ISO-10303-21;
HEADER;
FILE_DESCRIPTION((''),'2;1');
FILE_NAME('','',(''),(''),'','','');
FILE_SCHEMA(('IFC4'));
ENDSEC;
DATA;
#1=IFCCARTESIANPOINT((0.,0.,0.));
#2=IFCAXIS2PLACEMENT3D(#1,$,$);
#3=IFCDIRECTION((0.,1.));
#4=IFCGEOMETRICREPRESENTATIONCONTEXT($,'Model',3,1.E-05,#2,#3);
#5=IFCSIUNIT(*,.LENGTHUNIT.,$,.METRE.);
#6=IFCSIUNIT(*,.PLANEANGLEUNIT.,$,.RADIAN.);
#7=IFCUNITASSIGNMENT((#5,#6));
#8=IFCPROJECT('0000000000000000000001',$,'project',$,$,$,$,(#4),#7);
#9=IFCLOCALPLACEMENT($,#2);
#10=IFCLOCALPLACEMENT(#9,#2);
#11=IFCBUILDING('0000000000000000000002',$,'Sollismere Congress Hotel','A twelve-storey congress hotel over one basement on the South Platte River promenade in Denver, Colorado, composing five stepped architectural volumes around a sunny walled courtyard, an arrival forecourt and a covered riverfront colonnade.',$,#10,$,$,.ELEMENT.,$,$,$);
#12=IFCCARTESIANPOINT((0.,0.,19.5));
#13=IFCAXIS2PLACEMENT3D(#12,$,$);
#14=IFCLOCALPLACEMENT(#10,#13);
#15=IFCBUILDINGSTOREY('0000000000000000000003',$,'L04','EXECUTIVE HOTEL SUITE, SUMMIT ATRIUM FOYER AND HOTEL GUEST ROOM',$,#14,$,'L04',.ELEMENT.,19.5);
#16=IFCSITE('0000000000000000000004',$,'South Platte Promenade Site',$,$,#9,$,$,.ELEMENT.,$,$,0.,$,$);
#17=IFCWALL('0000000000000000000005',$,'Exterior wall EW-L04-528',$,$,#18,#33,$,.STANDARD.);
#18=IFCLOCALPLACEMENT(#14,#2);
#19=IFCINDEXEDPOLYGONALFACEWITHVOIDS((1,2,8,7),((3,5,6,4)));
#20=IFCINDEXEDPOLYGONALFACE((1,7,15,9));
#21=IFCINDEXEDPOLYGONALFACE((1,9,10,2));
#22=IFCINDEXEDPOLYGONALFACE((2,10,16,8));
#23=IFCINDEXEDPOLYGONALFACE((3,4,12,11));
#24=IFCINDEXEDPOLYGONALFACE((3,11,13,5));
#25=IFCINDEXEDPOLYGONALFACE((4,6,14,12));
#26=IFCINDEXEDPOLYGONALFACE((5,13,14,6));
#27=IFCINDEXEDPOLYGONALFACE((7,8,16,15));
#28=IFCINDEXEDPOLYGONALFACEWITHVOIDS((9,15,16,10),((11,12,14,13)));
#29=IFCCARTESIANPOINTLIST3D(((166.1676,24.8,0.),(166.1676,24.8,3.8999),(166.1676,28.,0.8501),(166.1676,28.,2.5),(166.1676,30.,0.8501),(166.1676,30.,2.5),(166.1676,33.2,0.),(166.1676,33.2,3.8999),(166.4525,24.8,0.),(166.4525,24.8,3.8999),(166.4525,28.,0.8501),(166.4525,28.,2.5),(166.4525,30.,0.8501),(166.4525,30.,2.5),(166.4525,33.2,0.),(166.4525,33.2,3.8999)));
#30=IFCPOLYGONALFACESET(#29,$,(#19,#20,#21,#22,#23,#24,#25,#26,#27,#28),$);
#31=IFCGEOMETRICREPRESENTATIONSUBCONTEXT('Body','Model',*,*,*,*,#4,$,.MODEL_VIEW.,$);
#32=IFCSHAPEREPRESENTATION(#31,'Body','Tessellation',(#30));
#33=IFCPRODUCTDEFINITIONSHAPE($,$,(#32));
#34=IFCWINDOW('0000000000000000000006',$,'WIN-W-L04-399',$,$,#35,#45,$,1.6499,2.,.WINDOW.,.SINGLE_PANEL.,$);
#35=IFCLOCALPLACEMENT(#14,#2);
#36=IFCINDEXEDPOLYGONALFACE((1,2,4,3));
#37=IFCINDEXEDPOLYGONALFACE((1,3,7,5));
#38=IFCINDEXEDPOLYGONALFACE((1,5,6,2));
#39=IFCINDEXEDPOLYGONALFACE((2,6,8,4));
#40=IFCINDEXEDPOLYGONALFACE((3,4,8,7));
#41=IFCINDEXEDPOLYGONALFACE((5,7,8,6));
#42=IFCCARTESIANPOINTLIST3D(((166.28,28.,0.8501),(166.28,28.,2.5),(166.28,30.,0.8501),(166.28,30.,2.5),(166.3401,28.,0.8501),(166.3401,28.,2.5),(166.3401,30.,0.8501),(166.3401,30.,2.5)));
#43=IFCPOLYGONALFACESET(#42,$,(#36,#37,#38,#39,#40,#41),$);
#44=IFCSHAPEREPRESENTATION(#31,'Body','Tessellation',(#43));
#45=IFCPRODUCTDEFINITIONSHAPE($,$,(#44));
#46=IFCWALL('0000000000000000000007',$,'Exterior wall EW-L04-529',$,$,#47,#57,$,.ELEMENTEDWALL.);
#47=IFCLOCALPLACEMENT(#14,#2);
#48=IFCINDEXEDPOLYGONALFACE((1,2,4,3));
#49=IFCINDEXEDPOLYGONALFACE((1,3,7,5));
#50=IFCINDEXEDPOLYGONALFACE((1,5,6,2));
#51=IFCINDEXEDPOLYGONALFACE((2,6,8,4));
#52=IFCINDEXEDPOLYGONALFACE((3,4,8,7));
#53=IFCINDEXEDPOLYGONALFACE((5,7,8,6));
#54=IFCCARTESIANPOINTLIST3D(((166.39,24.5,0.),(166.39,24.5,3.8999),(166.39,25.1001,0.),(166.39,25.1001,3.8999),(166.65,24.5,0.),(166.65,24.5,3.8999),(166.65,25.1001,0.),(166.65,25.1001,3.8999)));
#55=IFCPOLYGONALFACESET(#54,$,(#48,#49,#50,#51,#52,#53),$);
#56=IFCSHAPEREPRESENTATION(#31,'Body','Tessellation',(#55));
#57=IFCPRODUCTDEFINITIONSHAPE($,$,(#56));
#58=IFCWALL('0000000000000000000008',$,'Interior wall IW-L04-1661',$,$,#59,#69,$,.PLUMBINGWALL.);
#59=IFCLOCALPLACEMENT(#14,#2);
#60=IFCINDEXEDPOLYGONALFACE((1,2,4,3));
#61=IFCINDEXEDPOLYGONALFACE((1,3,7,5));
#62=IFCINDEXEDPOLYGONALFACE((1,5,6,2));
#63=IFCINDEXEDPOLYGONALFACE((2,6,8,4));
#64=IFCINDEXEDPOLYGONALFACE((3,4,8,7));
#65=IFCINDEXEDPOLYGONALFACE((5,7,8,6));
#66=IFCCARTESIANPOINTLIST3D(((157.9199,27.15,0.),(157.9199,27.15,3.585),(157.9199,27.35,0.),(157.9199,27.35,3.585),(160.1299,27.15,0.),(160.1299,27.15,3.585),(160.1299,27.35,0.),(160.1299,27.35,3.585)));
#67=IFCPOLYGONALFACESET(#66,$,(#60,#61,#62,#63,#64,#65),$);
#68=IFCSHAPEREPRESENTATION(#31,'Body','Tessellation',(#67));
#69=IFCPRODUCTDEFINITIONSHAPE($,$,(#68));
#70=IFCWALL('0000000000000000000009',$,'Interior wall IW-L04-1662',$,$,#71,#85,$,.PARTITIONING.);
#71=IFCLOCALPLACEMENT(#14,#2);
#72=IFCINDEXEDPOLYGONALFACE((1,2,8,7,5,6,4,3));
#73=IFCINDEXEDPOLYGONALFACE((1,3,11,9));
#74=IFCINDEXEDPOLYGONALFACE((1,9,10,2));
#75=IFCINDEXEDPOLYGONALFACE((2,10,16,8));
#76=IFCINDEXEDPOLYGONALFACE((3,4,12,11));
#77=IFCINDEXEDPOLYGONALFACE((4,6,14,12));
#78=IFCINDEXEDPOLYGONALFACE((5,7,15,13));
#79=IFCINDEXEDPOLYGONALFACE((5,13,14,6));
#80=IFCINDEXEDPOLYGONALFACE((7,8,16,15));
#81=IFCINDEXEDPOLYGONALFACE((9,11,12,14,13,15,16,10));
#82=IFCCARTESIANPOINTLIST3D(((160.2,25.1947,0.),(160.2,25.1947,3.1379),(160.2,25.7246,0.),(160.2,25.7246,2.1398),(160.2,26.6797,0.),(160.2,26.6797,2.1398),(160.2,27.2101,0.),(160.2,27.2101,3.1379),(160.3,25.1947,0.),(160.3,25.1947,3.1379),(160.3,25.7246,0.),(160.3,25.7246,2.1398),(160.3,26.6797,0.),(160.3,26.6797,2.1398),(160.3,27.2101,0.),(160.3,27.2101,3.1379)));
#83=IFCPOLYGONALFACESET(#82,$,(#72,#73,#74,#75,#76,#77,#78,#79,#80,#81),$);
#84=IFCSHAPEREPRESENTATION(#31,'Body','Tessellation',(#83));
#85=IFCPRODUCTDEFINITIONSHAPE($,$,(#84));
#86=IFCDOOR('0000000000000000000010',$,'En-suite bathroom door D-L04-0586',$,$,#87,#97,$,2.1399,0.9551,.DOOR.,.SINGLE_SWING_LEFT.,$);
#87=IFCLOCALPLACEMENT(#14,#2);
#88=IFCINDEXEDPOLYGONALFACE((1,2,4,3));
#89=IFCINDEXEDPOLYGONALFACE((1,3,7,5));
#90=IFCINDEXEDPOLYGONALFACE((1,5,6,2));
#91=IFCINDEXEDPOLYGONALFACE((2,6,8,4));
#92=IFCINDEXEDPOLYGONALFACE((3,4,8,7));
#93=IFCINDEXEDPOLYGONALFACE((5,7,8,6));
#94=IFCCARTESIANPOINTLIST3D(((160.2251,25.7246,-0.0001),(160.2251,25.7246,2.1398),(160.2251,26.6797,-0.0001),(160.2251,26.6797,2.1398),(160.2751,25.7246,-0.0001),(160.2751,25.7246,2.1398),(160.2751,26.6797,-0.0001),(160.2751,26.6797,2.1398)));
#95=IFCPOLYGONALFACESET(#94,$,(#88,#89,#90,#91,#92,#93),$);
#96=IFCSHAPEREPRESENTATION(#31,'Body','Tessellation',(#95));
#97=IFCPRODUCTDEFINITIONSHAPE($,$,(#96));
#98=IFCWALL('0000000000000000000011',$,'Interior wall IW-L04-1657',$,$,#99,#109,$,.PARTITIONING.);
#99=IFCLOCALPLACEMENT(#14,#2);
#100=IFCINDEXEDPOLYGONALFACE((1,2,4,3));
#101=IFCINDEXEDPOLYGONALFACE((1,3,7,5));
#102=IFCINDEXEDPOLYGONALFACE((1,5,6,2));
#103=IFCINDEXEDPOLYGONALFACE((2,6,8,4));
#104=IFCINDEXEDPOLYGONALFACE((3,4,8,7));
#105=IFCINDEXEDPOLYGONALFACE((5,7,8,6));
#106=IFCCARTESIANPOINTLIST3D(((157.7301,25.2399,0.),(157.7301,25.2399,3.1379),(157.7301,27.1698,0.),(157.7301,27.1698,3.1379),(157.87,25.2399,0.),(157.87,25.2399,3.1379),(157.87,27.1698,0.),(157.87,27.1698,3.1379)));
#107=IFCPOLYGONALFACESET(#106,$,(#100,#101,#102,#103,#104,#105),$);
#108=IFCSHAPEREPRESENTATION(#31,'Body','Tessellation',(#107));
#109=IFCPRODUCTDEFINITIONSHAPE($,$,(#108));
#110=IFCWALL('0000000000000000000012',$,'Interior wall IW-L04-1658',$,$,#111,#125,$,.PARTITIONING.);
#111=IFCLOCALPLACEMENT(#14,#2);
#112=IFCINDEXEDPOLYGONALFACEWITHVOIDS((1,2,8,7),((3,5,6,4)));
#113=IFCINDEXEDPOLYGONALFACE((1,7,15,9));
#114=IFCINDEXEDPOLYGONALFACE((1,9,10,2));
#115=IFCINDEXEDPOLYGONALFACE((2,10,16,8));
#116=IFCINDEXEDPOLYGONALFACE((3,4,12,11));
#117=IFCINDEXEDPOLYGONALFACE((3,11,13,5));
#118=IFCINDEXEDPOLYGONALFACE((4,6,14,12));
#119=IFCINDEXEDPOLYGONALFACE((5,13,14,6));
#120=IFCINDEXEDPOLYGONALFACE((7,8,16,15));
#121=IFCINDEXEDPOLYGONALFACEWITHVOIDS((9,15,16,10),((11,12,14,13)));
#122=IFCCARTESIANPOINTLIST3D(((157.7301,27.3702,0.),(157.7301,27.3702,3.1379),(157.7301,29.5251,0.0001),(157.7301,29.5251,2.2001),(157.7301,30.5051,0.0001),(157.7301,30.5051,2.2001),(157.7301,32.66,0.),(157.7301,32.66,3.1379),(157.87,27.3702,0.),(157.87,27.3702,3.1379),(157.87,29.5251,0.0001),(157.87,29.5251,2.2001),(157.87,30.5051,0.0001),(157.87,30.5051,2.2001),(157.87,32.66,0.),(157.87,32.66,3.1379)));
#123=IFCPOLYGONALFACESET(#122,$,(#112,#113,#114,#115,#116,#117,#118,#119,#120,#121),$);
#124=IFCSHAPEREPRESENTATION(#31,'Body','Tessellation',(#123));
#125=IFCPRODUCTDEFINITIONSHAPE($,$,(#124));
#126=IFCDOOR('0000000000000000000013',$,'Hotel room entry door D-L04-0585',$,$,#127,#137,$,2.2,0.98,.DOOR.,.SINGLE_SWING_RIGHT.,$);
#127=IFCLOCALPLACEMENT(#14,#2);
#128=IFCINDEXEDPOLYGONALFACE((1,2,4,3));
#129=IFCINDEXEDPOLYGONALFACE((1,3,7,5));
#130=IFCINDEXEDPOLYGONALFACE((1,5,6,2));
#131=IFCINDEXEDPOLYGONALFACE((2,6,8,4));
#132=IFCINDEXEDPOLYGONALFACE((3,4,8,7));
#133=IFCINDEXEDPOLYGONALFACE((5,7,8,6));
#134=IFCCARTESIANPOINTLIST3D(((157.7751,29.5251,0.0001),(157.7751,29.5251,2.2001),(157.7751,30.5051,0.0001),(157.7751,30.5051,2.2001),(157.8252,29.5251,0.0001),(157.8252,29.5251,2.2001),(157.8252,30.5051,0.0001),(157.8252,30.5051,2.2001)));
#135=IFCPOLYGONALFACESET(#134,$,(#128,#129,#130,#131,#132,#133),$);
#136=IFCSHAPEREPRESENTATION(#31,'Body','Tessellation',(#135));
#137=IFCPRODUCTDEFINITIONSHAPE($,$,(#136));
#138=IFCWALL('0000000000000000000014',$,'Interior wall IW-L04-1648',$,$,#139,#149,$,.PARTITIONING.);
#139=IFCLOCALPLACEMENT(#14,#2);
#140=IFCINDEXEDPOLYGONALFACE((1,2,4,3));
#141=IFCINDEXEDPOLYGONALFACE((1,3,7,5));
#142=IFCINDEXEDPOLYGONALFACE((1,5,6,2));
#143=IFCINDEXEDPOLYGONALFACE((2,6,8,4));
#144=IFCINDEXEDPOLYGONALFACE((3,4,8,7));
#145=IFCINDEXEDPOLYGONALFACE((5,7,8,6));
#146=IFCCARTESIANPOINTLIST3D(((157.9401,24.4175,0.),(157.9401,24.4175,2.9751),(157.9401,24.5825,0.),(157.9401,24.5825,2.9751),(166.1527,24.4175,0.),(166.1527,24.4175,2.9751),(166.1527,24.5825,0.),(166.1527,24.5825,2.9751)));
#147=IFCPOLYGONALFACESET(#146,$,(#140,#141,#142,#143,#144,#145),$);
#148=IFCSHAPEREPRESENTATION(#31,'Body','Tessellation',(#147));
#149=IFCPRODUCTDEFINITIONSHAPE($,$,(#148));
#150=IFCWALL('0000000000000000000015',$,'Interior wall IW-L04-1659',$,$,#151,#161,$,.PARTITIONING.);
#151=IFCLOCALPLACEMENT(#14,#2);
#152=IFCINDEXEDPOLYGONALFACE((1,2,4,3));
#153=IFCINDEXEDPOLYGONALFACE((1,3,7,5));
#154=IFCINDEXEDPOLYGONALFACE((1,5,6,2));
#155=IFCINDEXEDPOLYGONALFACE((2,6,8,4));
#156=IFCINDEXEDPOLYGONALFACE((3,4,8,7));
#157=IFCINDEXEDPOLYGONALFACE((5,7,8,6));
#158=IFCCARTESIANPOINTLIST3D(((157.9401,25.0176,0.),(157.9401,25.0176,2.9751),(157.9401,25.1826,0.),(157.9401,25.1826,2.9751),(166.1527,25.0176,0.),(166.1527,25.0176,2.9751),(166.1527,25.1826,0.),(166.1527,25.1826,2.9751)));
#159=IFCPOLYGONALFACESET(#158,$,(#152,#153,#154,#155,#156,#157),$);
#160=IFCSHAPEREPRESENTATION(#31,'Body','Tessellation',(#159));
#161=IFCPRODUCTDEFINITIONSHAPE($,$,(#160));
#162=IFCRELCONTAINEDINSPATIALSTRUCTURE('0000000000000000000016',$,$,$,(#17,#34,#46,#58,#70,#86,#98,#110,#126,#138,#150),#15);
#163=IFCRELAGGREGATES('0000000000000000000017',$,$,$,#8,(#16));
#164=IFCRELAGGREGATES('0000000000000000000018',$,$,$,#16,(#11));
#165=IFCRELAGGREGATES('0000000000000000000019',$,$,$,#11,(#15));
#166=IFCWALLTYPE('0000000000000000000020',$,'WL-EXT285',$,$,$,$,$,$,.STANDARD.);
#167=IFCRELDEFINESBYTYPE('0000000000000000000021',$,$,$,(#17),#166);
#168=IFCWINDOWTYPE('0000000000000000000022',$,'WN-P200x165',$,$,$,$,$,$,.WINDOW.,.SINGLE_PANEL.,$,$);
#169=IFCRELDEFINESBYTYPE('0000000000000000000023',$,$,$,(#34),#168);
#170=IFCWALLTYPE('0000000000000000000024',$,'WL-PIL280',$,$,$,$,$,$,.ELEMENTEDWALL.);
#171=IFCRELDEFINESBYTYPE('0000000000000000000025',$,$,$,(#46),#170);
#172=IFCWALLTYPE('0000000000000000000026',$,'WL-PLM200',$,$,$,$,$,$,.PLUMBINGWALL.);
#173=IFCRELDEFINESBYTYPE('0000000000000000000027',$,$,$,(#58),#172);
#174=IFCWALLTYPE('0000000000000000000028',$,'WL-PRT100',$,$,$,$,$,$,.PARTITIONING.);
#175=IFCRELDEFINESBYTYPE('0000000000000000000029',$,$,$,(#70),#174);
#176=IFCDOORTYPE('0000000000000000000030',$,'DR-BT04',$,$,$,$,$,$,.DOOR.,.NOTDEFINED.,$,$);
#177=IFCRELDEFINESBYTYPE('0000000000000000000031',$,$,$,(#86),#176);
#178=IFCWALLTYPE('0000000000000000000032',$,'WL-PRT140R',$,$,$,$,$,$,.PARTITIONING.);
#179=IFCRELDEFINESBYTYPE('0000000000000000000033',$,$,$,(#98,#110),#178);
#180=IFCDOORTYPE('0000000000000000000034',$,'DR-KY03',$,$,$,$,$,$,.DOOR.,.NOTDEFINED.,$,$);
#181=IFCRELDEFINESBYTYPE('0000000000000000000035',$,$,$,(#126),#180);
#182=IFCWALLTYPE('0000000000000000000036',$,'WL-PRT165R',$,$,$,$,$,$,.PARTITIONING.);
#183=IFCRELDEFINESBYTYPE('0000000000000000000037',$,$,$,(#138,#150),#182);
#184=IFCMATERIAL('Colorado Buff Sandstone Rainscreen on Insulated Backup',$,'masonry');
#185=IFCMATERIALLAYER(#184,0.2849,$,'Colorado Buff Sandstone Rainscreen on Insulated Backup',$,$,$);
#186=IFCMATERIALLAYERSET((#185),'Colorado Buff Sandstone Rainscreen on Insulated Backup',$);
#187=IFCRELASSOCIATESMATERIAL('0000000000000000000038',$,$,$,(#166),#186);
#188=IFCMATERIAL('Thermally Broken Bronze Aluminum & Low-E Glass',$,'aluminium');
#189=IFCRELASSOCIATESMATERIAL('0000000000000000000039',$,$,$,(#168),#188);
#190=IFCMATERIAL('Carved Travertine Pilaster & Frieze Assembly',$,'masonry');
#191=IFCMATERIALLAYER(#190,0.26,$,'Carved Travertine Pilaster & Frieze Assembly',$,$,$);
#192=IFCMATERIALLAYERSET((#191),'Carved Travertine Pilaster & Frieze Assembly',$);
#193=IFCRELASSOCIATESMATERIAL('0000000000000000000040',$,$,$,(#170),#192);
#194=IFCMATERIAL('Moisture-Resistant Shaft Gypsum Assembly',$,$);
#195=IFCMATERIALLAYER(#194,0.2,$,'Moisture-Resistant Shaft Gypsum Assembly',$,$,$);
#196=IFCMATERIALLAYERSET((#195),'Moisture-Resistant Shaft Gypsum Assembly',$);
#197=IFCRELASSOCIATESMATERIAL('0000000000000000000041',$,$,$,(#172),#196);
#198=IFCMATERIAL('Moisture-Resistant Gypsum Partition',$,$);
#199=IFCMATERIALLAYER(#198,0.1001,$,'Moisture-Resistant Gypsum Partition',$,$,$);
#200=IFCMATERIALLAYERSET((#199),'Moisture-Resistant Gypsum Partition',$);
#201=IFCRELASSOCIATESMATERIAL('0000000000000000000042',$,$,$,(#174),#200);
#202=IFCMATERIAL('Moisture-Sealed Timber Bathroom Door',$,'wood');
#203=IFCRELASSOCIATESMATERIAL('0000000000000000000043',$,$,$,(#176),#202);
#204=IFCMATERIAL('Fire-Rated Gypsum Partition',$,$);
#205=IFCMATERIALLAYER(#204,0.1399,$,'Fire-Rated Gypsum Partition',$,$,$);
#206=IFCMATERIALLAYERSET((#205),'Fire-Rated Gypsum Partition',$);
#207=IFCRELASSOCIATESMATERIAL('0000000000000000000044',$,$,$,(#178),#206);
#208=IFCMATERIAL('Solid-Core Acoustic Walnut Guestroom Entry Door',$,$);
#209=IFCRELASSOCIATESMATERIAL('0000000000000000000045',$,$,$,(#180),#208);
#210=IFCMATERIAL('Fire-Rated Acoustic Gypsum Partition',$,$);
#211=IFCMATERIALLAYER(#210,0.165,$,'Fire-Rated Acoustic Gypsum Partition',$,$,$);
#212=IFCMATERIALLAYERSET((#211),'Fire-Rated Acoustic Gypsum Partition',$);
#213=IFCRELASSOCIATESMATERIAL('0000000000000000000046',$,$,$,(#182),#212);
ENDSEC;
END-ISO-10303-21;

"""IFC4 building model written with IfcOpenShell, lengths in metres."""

from ifc_helpers import new_model, si_unit, direction, frame, frame_2d, origin, place, context, subcontext, project, spatial, rectangle, extrude, material, layer, layer_set, type_object, element, fill, save


model = new_model("IFC4")

# Units and contexts
model_context = context("Model", 3, precision=1e-05, world=origin(), true_north=direction((0.0, 1.0)))
body_context = subcontext(model_context, "Body", "Model", "MODEL_VIEW")
ifc_project = project(units=[si_unit("LENGTHUNIT", "METRE"), si_unit("PLANEANGLEUNIT", "RADIAN")], contexts=[model_context])

# Site, building, storey
site_placement = place(None, origin())
site = spatial("IfcSite", under=ifc_project, at=site_placement, Name="South Platte Promenade Site", CompositionType="ELEMENT", RefElevation=0.0)
building_placement = place(site_placement, origin())
building = spatial("IfcBuilding", under=site, at=building_placement, Name="Sollismere Congress Hotel", Description="A twelve-storey congress hotel over one basement on the South Platte River promenade in Denver, Colorado, composing five stepped architectural volumes around a sunny walled courtyard, an arrival forecourt and a covered riverfront colonnade.", CompositionType="ELEMENT")
storey_placement = place(building_placement, frame((0.0, 0.0, 19.5)))
storey = spatial("IfcBuildingStorey", under=building, at=storey_placement, Name="L04", Description="EXECUTIVE HOTEL SUITE, SUMMIT ATRIUM FOYER AND HOTEL GUEST ROOM", LongName="L04", CompositionType="ELEMENT", Elevation=19.5)

# Wall, opening, window
ifc_material_1 = material(Name="Colorado Buff Sandstone Rainscreen on Insulated Backup", Category="masonry")
ifc_layer_1 = layer(ifc_material_1, 0.2849, Name="Colorado Buff Sandstone Rainscreen on Insulated Backup")
ifc_layer_set_1 = layer_set([ifc_layer_1], Name="Colorado Buff Sandstone Rainscreen on Insulated Backup")
wall_type_1 = type_object("IfcWallType", Name="WL-EXT285", PredefinedType="STANDARD", material=ifc_layer_set_1)
wall_1_placement = place(storey_placement, frame((166.3101, 24.8, 0.0), z_axis=(0.0, 0.0, 1.0), x_axis=(0.0, 1.0, 0.0)))
wall_1 = element("IfcWall", 1, at=wall_1_placement, inside=storey, type_object=wall_type_1, Name="Exterior wall EW-L04-528", PredefinedType="STANDARD", context=body_context, shape_type="SweptSolid", body=[
    extrude(rectangle(XDim=8.3999, YDim=0.2849, at=frame_2d((4.2, 0.0))), origin(), (0.0, 0.0, 1.0), 3.8999),
])
opening_1_placement = place(wall_1_placement, frame((3.2, 0.0, 0.8501)))
opening_1 = element("IfcOpeningElement", 2, at=opening_1_placement, cuts=wall_1, PredefinedType="OPENING", context=body_context, shape_type="SweptSolid", body=[
    extrude(rectangle(XDim=2.0, YDim=1.6499, at=frame_2d((1.0, 0.825))), frame((0.0, 0.1523, 0.0), z_axis=(0.0, -1.0, 0.0), x_axis=(1.0, 0.0, 0.0)), (0.0, 0.0, 1.0), 0.3049),
])
ifc_material_2 = material(Name="Thermally Broken Bronze Aluminum & Low-E Glass", Category="aluminium")
window_type = type_object("IfcWindowType", Name="WN-P200x165", PartitioningType="SINGLE_PANEL", PredefinedType="WINDOW", material=ifc_material_2)
window_placement = place(opening_1_placement, origin())
window = element("IfcWindow", 3, at=window_placement, inside=storey, type_object=window_type, Name="WIN-W-L04-399", OverallHeight=1.6499, OverallWidth=2.0, PartitioningType="SINGLE_PANEL", PredefinedType="WINDOW", context=body_context, shape_type="SweptSolid", body=[
    extrude(rectangle(XDim=2.0, YDim=1.6499, at=frame_2d((1.0, 0.825))), frame((0.0, 0.03, 0.0), z_axis=(0.0, -1.0, 0.0), x_axis=(1.0, 0.0, 0.0)), (0.0, 0.0, 1.0), 0.0601),
])
fill(opening_1, window)

# Walls
ifc_material_3 = material(Name="Carved Travertine Pilaster & Frieze Assembly", Category="masonry")
ifc_layer_2 = layer(ifc_material_3, 0.26, Name="Carved Travertine Pilaster & Frieze Assembly")
ifc_layer_set_2 = layer_set([ifc_layer_2], Name="Carved Travertine Pilaster & Frieze Assembly")
wall_type_2 = type_object("IfcWallType", Name="WL-PIL280", PredefinedType="ELEMENTEDWALL", material=ifc_layer_set_2)
wall_2_placement = place(storey_placement, frame((166.52, 24.5, 0.0), z_axis=(0.0, 0.0, 1.0), x_axis=(0.0, 1.0, 0.0)))
element("IfcWall", 4, at=wall_2_placement, inside=storey, type_object=wall_type_2, Name="Exterior wall EW-L04-529", PredefinedType="ELEMENTEDWALL", context=body_context, shape_type="SweptSolid", body=[
    extrude(rectangle(XDim=0.6001, YDim=0.26, at=frame_2d((0.3, 0.0))), origin(), (0.0, 0.0, 1.0), 3.8999),
])
ifc_material_4 = material(Name="Moisture-Resistant Shaft Gypsum Assembly")
ifc_layer_3 = layer(ifc_material_4, 0.2, Name="Moisture-Resistant Shaft Gypsum Assembly")
ifc_layer_set_3 = layer_set([ifc_layer_3], Name="Moisture-Resistant Shaft Gypsum Assembly")
wall_type_3 = type_object("IfcWallType", Name="WL-PLM200", PredefinedType="PLUMBINGWALL", material=ifc_layer_set_3)
wall_3_placement = place(storey_placement, frame((157.9199, 27.25, 0.0), z_axis=(0.0, 0.0, 1.0), x_axis=(1.0, 0.0, 0.0)))
element("IfcWall", 5, at=wall_3_placement, inside=storey, type_object=wall_type_3, Name="Interior wall IW-L04-1661", PredefinedType="PLUMBINGWALL", context=body_context, shape_type="SweptSolid", body=[
    extrude(rectangle(XDim=2.21, YDim=0.2, at=frame_2d((1.105, 0.0))), origin(), (0.0, 0.0, 1.0), 3.585),
])

# Wall, opening, door
ifc_material_5 = material(Name="Moisture-Resistant Gypsum Partition")
ifc_layer_4 = layer(ifc_material_5, 0.1001, Name="Moisture-Resistant Gypsum Partition")
ifc_layer_set_4 = layer_set([ifc_layer_4], Name="Moisture-Resistant Gypsum Partition")
wall_type_4 = type_object("IfcWallType", Name="WL-PRT100", PredefinedType="PARTITIONING", material=ifc_layer_set_4)
wall_4_placement = place(storey_placement, frame((160.25, 25.1946, 0.0), z_axis=(0.0, 0.0, 1.0), x_axis=(0.0, 1.0, 0.0)))
wall_4 = element("IfcWall", 6, at=wall_4_placement, inside=storey, type_object=wall_type_4, Name="Interior wall IW-L04-1662", PredefinedType="PARTITIONING", context=body_context, shape_type="SweptSolid", body=[
    extrude(rectangle(XDim=2.0154, YDim=0.1001, at=frame_2d((1.0078, 0.0))), origin(), (0.0, 0.0, 1.0), 3.1379),
])
opening_2_placement = place(wall_4_placement, frame((0.53, 0.0, 0.0)))
opening_2 = element("IfcOpeningElement", 7, at=opening_2_placement, cuts=wall_4, PredefinedType="OPENING", context=body_context, shape_type="SweptSolid", body=[
    extrude(rectangle(XDim=0.9551, YDim=2.1399, at=frame_2d((0.4775, 1.0698))), frame((0.0, 0.0601, 0.0), z_axis=(0.0, -1.0, 0.0), x_axis=(1.0, 0.0, 0.0)), (0.0, 0.0, 1.0), 0.1201),
])
ifc_material_6 = material(Name="Moisture-Sealed Timber Bathroom Door", Category="wood")
door_type_1 = type_object("IfcDoorType", Name="DR-BT04", OperationType="NOTDEFINED", PredefinedType="DOOR", material=ifc_material_6)
door_1_placement = place(opening_2_placement, origin())
door_1 = element("IfcDoor", 8, at=door_1_placement, inside=storey, type_object=door_type_1, Name="En-suite bathroom door D-L04-0586", OperationType="SINGLE_SWING_LEFT", OverallHeight=2.1399, OverallWidth=0.9551, PredefinedType="DOOR", context=body_context, shape_type="SweptSolid", body=[
    extrude(rectangle(XDim=0.9551, YDim=2.1399, at=frame_2d((0.4775, 1.0698))), frame((0.0, 0.0249, 0.0), z_axis=(0.0, -1.0, 0.0), x_axis=(1.0, 0.0, 0.0)), (0.0, 0.0, 1.0), 0.05),
])
fill(opening_2, door_1)

# Wall
ifc_material_7 = material(Name="Fire-Rated Gypsum Partition")
ifc_layer_5 = layer(ifc_material_7, 0.1399, Name="Fire-Rated Gypsum Partition")
ifc_layer_set_5 = layer_set([ifc_layer_5], Name="Fire-Rated Gypsum Partition")
wall_type_5 = type_object("IfcWallType", Name="WL-PRT140R", PredefinedType="PARTITIONING", material=ifc_layer_set_5)
wall_5_placement = place(storey_placement, frame((157.8, 25.24, 0.0), z_axis=(0.0, 0.0, 1.0), x_axis=(0.0, 1.0, 0.0)))
element("IfcWall", 9, at=wall_5_placement, inside=storey, type_object=wall_type_5, Name="Interior wall IW-L04-1657", PredefinedType="PARTITIONING", context=body_context, shape_type="SweptSolid", body=[
    extrude(rectangle(XDim=1.9299, YDim=0.1399, at=frame_2d((0.9648, 0.0))), origin(), (0.0, 0.0, 1.0), 3.1379),
])

# Wall, opening, door
wall_6_placement = place(storey_placement, frame((157.8, 27.3701, 0.0), z_axis=(0.0, 0.0, 1.0), x_axis=(0.0, 1.0, 0.0)))
wall_6 = element("IfcWall", 10, at=wall_6_placement, inside=storey, type_object=wall_type_5, Name="Interior wall IW-L04-1658", PredefinedType="PARTITIONING", context=body_context, shape_type="SweptSolid", body=[
    extrude(rectangle(XDim=5.2898, YDim=0.1399, at=frame_2d((2.645, 0.0))), origin(), (0.0, 0.0, 1.0), 3.1379),
])
opening_3_placement = place(wall_6_placement, frame((2.155, 0.0, 0.0)))
opening_3 = element("IfcOpeningElement", 11, at=opening_3_placement, cuts=wall_6, PredefinedType="OPENING", context=body_context, shape_type="SweptSolid", body=[
    extrude(rectangle(XDim=0.98, YDim=2.2, at=frame_2d((0.49, 1.1001))), frame((0.0, 0.0798, 0.0), z_axis=(0.0, -1.0, 0.0), x_axis=(1.0, 0.0, 0.0)), (0.0, 0.0, 1.0), 0.1599),
])
ifc_material_8 = material(Name="Solid-Core Acoustic Walnut Guestroom Entry Door")
door_type_2 = type_object("IfcDoorType", Name="DR-KY03", OperationType="NOTDEFINED", PredefinedType="DOOR", material=ifc_material_8)
door_2_placement = place(opening_3_placement, origin())
door_2 = element("IfcDoor", 12, at=door_2_placement, inside=storey, type_object=door_type_2, Name="Hotel room entry door D-L04-0585", OperationType="SINGLE_SWING_RIGHT", OverallHeight=2.2, OverallWidth=0.98, PredefinedType="DOOR", context=body_context, shape_type="SweptSolid", body=[
    extrude(rectangle(XDim=0.98, YDim=2.2, at=frame_2d((0.49, 1.1001))), frame((0.0, 0.0249, 0.0), z_axis=(0.0, -1.0, 0.0), x_axis=(1.0, 0.0, 0.0)), (0.0, 0.0, 1.0), 0.05),
])
fill(opening_3, door_2)

# Walls
ifc_material_9 = material(Name="Fire-Rated Acoustic Gypsum Partition")
ifc_layer_6 = layer(ifc_material_9, 0.165, Name="Fire-Rated Acoustic Gypsum Partition")
ifc_layer_set_6 = layer_set([ifc_layer_6], Name="Fire-Rated Acoustic Gypsum Partition")
wall_type_6 = type_object("IfcWallType", Name="WL-PRT165R", PredefinedType="PARTITIONING", material=ifc_layer_set_6)
for number, where, z_axis, x_axis, name in (
    (13, (157.9399, 24.5, 0.0), (0.0, 0.0, 1.0), (1.0, 0.0, 0.0), "Interior wall IW-L04-1648"),
    (14, (157.9399, 25.1001, 0.0), (0.0, 0.0, 1.0), (1.0, 0.0, 0.0), "Interior wall IW-L04-1659"),
):
    element("IfcWall", number, at=place(storey_placement, frame(where, z_axis=z_axis, x_axis=x_axis)), inside=storey, type_object=wall_type_6, Name=name, PredefinedType="PARTITIONING", context=body_context, shape_type="SweptSolid", body=[
        extrude(rectangle(XDim=8.2126, YDim=0.165, at=frame_2d((4.1064, 0.0))), origin(), (0.0, 0.0, 1.0), 2.9751),
    ])

save(model, "model.ifc")
